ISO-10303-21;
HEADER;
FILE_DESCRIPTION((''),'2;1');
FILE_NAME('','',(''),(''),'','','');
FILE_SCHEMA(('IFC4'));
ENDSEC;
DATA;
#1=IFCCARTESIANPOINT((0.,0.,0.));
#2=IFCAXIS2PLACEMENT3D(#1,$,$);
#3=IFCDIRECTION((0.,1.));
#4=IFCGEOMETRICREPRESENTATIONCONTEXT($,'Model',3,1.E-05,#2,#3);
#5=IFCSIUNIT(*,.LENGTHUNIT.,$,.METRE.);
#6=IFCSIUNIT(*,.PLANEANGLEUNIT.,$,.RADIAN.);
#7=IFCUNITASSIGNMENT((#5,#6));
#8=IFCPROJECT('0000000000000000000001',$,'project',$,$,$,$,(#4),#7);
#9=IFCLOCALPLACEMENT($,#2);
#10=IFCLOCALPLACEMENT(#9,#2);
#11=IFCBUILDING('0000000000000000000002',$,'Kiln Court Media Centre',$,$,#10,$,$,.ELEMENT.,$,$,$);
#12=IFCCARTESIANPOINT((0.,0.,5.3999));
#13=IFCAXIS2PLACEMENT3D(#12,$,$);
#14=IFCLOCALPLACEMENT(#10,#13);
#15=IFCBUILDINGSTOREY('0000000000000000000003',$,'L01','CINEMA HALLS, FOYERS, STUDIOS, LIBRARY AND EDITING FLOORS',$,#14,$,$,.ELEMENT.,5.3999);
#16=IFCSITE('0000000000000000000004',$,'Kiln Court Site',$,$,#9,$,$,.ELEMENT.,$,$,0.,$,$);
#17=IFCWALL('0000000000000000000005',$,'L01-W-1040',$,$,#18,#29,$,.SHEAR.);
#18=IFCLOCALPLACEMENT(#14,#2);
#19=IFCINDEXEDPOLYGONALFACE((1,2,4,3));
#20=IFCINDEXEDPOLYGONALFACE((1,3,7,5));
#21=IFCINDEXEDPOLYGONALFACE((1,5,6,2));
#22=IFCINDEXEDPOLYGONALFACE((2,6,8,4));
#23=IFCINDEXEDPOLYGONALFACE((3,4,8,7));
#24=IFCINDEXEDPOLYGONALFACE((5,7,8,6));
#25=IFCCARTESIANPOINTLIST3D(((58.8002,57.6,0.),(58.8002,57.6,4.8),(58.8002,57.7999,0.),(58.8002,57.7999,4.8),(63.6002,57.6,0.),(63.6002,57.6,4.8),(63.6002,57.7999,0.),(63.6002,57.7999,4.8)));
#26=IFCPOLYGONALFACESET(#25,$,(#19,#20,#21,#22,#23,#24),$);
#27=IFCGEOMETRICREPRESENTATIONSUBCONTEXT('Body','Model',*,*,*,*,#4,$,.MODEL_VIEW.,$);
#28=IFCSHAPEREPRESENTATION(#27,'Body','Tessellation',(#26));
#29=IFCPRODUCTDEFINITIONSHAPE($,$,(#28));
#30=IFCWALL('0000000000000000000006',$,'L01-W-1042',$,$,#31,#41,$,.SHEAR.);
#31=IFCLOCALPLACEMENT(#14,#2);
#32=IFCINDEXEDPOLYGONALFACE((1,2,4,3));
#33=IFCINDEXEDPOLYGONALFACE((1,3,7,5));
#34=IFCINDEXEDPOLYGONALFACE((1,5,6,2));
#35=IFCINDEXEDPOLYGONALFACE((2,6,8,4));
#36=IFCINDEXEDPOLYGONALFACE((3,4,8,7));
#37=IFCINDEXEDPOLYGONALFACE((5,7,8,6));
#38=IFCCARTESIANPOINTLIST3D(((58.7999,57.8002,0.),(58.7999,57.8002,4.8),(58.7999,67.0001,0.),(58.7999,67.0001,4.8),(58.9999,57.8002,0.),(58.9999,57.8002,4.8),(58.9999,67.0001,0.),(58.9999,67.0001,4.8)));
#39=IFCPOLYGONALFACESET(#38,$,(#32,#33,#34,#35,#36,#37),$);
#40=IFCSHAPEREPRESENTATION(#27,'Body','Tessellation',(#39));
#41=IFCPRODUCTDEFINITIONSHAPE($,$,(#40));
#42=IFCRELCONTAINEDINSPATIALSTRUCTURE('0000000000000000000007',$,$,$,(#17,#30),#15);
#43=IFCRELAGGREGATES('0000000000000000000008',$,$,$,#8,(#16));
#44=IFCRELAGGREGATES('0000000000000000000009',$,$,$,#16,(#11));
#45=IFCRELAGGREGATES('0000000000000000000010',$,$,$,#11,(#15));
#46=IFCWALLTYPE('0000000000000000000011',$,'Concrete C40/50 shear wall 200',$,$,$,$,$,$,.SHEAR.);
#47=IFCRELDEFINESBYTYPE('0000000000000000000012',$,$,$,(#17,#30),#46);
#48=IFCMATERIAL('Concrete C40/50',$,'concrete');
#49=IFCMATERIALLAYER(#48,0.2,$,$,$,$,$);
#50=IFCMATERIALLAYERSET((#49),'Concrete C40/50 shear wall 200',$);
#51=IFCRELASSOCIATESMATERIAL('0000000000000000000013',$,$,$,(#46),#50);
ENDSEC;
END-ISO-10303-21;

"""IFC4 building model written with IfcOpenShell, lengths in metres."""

from ifc_helpers import new_model, si_unit, direction, frame, frame_2d, origin, place, context, subcontext, project, spatial, rectangle, extrude, material, layer, layer_set, type_object, element, save


model = new_model("IFC4")

# Units and contexts
model_context = context("Model", 3, precision=1e-05, world=origin(), true_north=direction((0.0, 1.0)))
body_context = subcontext(model_context, "Body", "Model", "MODEL_VIEW")
ifc_project = project(units=[si_unit("LENGTHUNIT", "METRE"), si_unit("PLANEANGLEUNIT", "RADIAN")], contexts=[model_context])

# Site, building, storey
site_placement = place(None, origin())
site = spatial("IfcSite", under=ifc_project, at=site_placement, Name="Kiln Court Site", CompositionType="ELEMENT", RefElevation=0.0)
building_placement = place(site_placement, origin())
building = spatial("IfcBuilding", under=site, at=building_placement, Name="Kiln Court Media Centre", CompositionType="ELEMENT")
storey_placement = place(building_placement, frame((0.0, 0.0, 5.3999)))
storey = spatial("IfcBuildingStorey", under=building, at=storey_placement, Name="L01", Description="CINEMA HALLS, FOYERS, STUDIOS, LIBRARY AND EDITING FLOORS", CompositionType="ELEMENT", Elevation=5.3999)

# Walls
ifc_material_1 = material(Name="Concrete C40/50", Category="concrete")
ifc_layer_1 = layer(ifc_material_1, 0.2)
ifc_layer_set_1 = layer_set([ifc_layer_1], Name="Concrete C40/50 shear wall 200")
wall_type_1 = type_object("IfcWallType", Name="Concrete C40/50 shear wall 200", PredefinedType="SHEAR", material=ifc_layer_set_1)
wall_1_placement = place(storey_placement, frame((63.6001, 57.7, 0.0), z_axis=(0.0, 0.0, 1.0), x_axis=(-1.0, 0.0, 0.0)))
element("IfcWall", 1, at=wall_1_placement, inside=storey, type_object=wall_type_1, Name="L01-W-1040", PredefinedType="SHEAR", context=body_context, shape_type="SweptSolid", body=[
    extrude(rectangle(XDim=4.8, YDim=0.2, at=frame_2d((2.3999, 0.0))), origin(), (0.0, 0.0, 1.0), 4.8),
])
wall_2_placement = place(storey_placement, frame((58.8999, 57.8, 0.0), z_axis=(0.0, 0.0, 1.0), x_axis=(0.0, 1.0, 0.0)))
element("IfcWall", 2, at=wall_2_placement, inside=storey, type_object=wall_type_1, Name="L01-W-1042", PredefinedType="SHEAR", context=body_context, shape_type="SweptSolid", body=[
    extrude(rectangle(XDim=9.2, YDim=0.2, at=frame_2d((4.6001, 0.0))), origin(), (0.0, 0.0, 1.0), 4.8),
])

save(model, "model.ifc")
